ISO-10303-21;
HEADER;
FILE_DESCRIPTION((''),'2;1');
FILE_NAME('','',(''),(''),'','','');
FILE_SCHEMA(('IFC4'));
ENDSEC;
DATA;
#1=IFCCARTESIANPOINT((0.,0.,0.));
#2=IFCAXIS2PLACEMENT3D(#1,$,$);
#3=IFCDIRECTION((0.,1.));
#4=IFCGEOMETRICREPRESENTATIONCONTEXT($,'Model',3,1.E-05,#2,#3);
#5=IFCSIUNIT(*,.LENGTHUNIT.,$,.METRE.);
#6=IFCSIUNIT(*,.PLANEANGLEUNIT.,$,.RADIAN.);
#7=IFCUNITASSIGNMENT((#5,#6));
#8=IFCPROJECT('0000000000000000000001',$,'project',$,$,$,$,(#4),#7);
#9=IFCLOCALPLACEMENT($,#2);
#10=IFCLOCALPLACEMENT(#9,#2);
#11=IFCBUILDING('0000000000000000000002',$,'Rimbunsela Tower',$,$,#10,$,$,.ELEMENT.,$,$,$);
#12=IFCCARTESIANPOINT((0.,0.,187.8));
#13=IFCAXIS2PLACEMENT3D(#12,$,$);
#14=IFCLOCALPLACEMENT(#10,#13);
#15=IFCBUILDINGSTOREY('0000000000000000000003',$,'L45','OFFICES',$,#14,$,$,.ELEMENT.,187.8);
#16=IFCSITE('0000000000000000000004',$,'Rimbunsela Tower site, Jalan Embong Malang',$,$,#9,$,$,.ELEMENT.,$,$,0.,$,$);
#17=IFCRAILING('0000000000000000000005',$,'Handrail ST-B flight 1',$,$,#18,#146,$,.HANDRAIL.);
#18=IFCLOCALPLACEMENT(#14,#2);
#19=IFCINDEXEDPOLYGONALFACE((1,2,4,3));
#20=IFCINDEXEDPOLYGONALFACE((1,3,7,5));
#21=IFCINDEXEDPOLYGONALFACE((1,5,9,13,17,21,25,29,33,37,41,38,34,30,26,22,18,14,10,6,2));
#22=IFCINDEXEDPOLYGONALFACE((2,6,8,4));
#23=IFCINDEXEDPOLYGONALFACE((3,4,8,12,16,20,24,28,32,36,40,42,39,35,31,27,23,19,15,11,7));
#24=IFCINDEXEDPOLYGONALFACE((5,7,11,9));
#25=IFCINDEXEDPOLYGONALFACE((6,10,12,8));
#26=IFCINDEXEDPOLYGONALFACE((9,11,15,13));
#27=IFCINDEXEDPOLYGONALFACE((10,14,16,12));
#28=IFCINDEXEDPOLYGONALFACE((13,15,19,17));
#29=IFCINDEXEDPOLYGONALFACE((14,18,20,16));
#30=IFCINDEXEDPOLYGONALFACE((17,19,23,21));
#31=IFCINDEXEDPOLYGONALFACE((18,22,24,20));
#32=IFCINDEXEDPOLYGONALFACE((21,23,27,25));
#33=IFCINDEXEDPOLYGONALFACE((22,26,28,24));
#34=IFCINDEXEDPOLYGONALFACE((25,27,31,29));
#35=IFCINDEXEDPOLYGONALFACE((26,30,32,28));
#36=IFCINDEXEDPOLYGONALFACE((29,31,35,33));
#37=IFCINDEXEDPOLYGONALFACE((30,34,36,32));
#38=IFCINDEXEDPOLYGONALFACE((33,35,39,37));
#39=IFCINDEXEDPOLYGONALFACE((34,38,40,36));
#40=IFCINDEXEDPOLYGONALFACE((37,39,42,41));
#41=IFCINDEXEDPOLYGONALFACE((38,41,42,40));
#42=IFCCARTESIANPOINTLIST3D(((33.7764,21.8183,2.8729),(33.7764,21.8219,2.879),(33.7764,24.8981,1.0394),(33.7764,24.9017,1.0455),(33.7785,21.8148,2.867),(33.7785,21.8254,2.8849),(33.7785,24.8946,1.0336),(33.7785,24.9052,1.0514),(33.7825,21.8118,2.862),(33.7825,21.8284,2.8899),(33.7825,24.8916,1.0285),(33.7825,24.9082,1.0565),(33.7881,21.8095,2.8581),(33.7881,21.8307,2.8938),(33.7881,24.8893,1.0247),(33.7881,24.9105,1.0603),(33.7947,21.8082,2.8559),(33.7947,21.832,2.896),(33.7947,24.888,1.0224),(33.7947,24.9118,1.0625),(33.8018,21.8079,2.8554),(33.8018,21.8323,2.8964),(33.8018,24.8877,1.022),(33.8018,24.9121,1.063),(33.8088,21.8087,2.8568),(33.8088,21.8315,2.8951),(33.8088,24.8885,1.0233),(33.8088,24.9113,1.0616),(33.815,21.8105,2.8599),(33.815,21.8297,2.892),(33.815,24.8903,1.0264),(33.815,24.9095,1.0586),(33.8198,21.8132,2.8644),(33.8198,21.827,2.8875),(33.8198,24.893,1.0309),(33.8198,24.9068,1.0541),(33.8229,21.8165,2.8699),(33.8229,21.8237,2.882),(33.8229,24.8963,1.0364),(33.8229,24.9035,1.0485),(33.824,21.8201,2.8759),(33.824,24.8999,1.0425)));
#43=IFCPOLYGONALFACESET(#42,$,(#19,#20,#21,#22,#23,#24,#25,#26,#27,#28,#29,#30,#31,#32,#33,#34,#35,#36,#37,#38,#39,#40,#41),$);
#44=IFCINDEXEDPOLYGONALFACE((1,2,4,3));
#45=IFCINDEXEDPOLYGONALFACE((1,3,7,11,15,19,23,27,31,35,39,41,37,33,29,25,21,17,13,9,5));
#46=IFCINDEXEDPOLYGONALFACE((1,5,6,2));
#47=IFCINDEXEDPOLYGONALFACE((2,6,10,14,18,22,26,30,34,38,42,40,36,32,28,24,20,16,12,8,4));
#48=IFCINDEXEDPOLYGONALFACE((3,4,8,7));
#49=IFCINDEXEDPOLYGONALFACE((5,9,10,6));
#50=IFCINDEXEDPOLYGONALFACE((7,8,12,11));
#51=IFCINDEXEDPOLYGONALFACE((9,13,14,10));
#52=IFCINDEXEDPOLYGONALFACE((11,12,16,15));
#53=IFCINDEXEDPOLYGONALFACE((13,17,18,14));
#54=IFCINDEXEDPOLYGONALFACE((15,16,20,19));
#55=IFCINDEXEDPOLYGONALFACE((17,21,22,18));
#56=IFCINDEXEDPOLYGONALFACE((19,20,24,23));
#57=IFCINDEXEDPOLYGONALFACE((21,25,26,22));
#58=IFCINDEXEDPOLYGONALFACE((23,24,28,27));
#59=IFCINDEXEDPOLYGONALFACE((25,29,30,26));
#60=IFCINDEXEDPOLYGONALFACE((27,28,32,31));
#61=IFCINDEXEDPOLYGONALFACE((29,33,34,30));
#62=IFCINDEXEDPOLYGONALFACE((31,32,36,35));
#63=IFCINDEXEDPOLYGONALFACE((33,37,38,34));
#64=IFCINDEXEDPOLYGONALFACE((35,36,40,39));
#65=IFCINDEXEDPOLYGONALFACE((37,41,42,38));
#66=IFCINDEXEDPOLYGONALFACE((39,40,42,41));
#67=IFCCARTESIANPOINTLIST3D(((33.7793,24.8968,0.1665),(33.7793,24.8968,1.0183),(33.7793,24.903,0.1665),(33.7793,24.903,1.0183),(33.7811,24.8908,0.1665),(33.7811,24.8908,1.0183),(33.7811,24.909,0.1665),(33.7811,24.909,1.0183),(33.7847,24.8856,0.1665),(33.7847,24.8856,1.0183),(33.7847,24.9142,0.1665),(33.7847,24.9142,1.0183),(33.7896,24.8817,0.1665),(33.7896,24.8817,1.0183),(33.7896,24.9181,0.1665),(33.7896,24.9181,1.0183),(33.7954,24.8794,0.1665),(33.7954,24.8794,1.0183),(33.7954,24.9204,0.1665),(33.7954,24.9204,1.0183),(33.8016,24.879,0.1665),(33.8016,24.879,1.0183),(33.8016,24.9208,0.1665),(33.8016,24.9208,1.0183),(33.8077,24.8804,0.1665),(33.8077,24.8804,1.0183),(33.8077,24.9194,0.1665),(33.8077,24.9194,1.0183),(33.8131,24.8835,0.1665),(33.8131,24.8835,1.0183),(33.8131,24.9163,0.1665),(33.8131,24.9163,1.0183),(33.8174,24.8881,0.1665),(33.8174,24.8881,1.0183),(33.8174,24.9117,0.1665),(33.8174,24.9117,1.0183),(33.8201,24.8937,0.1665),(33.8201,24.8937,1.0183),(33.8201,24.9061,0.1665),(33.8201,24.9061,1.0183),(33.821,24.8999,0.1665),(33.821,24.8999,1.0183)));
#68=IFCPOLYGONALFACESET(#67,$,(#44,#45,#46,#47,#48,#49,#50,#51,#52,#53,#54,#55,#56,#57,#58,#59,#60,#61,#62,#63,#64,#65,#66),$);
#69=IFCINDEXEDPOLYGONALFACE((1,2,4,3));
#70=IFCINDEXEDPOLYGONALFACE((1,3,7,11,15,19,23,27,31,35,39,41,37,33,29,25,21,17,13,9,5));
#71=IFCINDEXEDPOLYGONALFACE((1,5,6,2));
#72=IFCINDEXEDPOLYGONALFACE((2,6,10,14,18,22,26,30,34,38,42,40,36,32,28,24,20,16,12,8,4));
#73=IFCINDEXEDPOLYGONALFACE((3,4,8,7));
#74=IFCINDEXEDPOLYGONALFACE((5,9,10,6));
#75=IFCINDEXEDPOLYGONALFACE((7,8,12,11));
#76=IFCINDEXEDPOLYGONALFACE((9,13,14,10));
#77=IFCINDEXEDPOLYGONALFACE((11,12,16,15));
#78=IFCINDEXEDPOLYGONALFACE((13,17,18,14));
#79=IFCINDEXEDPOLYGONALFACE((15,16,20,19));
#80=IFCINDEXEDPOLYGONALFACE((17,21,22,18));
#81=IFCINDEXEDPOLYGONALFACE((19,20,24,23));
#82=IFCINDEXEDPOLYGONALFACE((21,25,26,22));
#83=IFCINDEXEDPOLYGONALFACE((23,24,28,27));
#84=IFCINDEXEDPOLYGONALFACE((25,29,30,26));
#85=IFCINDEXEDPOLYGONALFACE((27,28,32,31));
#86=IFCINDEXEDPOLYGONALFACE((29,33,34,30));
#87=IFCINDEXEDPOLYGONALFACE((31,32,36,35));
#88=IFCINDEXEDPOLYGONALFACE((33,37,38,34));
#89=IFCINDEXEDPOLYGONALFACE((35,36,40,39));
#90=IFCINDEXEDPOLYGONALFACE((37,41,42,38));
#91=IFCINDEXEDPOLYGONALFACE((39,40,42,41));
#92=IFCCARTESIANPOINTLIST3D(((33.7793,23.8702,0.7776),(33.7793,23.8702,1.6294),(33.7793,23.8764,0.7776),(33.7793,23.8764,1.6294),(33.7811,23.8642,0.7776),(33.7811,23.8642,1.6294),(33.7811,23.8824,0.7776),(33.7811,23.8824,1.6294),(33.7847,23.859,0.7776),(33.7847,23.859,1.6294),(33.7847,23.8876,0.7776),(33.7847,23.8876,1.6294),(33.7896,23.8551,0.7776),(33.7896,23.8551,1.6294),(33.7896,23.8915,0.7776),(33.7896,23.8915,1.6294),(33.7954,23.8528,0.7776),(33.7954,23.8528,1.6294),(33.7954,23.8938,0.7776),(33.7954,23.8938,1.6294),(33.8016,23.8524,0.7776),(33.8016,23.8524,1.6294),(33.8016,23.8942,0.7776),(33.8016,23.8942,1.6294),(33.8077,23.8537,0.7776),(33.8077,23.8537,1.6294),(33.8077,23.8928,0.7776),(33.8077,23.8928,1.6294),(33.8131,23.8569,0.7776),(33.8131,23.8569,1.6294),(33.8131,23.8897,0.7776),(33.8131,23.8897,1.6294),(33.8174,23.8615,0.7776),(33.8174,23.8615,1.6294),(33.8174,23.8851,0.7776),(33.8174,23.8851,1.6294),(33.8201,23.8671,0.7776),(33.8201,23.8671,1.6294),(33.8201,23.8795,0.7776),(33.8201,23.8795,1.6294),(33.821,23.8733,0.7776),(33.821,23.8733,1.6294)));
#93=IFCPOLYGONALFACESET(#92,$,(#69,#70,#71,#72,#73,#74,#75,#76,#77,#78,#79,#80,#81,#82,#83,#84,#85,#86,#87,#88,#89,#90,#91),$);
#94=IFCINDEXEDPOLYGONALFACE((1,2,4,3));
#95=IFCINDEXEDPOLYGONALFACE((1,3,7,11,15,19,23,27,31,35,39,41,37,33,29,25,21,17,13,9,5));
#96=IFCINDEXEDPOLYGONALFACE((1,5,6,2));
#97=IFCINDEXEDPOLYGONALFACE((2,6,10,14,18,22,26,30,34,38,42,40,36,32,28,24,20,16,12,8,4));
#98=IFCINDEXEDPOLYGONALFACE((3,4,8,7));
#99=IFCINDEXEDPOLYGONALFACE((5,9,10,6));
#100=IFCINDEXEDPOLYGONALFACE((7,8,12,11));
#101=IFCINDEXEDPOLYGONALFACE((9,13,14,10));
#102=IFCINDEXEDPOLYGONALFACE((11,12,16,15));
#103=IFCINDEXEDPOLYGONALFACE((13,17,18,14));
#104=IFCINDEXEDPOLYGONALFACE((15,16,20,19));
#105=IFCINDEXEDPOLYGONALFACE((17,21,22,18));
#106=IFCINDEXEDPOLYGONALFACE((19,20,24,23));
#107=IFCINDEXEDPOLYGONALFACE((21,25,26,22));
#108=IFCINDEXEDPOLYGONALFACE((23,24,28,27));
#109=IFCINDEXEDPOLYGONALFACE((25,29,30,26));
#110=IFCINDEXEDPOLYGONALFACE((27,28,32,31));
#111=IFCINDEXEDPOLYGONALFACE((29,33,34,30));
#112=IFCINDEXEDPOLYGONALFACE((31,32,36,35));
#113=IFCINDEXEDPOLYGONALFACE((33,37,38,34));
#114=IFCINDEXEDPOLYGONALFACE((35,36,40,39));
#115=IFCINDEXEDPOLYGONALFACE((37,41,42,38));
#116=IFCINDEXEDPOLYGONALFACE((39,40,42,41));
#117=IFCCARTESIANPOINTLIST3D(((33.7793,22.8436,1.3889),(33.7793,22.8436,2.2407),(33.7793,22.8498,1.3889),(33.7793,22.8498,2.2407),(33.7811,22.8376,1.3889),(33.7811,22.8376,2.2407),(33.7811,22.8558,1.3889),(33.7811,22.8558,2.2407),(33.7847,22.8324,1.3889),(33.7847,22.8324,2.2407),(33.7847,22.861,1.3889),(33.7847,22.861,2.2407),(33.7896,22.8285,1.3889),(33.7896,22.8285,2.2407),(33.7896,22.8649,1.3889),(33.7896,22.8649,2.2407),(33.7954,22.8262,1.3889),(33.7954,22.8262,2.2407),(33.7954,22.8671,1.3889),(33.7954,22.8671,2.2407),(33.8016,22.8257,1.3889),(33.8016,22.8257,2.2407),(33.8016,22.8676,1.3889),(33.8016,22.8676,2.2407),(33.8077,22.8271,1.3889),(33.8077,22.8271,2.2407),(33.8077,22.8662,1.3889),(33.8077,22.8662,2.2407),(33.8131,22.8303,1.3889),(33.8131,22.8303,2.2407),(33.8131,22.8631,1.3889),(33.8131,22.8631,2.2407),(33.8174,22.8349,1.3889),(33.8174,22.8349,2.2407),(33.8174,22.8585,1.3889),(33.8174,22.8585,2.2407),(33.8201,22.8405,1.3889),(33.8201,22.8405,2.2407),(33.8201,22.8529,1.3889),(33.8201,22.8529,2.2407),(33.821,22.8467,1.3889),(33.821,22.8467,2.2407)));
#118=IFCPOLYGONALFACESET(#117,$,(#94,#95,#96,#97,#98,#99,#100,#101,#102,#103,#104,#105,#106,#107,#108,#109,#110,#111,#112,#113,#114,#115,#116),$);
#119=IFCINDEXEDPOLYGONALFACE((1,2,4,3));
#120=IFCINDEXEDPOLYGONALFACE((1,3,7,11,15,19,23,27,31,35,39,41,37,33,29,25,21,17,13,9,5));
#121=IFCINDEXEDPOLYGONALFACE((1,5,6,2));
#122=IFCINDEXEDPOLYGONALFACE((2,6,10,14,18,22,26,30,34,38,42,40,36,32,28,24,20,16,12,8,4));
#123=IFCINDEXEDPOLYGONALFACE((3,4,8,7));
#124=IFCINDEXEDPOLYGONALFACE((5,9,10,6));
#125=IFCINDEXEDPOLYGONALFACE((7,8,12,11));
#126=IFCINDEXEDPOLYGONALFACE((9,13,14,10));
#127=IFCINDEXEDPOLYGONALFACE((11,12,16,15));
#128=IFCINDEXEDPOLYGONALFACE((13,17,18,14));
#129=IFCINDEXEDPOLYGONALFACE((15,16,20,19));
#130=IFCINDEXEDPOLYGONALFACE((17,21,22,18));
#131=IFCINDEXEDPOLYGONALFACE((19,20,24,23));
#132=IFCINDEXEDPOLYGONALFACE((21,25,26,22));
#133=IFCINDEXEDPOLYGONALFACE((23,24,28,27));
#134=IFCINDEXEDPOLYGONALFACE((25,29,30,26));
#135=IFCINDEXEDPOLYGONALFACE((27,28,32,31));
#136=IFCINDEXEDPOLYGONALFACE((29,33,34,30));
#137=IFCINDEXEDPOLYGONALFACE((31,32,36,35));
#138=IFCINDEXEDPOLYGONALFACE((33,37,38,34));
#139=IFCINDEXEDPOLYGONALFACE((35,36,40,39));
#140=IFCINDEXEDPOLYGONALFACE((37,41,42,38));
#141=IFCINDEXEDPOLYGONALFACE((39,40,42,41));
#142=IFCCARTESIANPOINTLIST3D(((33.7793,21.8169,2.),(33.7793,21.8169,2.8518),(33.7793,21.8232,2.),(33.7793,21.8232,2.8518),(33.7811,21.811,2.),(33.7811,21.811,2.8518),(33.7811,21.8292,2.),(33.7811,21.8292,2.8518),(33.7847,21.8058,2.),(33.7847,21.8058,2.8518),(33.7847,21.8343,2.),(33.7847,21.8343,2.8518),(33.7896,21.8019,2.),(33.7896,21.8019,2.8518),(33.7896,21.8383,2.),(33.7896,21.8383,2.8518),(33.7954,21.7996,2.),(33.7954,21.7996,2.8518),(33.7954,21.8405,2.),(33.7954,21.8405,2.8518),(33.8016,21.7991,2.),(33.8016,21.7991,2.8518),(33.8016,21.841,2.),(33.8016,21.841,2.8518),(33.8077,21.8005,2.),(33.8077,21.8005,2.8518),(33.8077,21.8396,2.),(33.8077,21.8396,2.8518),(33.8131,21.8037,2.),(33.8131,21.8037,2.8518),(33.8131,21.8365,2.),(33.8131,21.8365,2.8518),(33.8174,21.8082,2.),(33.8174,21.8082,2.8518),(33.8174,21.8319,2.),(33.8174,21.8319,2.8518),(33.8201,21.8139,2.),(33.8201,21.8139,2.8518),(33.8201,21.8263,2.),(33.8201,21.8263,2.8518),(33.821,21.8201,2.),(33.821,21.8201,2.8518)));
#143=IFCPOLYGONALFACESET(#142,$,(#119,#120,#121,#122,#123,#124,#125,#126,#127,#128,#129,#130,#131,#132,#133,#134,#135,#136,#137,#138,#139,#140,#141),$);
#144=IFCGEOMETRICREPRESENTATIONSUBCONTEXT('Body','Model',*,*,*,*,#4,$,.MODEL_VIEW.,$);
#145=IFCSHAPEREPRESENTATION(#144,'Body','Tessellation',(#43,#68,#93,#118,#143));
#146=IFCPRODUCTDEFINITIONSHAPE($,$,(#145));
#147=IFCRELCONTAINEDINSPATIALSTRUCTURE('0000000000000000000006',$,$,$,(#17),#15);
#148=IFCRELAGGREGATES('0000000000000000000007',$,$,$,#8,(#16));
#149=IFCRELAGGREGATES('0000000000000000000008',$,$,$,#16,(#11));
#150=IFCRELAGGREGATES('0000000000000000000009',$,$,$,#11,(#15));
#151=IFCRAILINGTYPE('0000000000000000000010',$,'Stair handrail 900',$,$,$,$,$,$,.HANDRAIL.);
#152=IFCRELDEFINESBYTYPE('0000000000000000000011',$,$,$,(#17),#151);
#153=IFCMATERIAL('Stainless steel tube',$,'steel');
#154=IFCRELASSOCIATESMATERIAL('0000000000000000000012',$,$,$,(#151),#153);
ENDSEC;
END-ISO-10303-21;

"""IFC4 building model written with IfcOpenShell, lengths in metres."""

from ifc_helpers import new_model, si_unit, direction, frame, origin, origin_2d, place, context, subcontext, project, spatial, circle, extrude, material, type_object, element, save


model = new_model("IFC4")

# Units and contexts
model_context = context("Model", 3, precision=1e-05, world=origin(), true_north=direction((0.0, 1.0)))
body_context = subcontext(model_context, "Body", "Model", "MODEL_VIEW")
ifc_project = project(units=[si_unit("LENGTHUNIT", "METRE"), si_unit("PLANEANGLEUNIT", "RADIAN")], contexts=[model_context])

# Site, building, storey
site_placement = place(None, origin())
site = spatial("IfcSite", under=ifc_project, at=site_placement, Name="Rimbunsela Tower site, Jalan Embong Malang", CompositionType="ELEMENT", RefElevation=0.0)
building_placement = place(site_placement, origin())
building = spatial("IfcBuilding", under=site, at=building_placement, Name="Rimbunsela Tower", CompositionType="ELEMENT")
storey_placement = place(building_placement, frame((0.0, 0.0, 187.8)))
storey = spatial("IfcBuildingStorey", under=building, at=storey_placement, Name="L45", Description="OFFICES", CompositionType="ELEMENT", Elevation=187.8)

# Railing
ifc_material_1 = material(Name="Stainless steel tube", Category="steel")
railing_type = type_object("IfcRailingType", Name="Stair handrail 900", PredefinedType="HANDRAIL", material=ifc_material_1)
railing_placement = place(storey_placement, frame((33.8, 24.8999, 0.1665)))
element("IfcRailing", 1, at=railing_placement, inside=storey, type_object=railing_type, Name="Handrail ST-B flight 1", PredefinedType="HANDRAIL", context=body_context, shape_type="SweptSolid", body=[
    extrude(circle(Radius=0.0239, at=origin_2d()), frame((0.0, 0.0, 0.876), z_axis=(0.0, -0.859261, 0.511538), x_axis=(1.0, 0.0, 0.0)), (0.0, 0.0, 1.0), 3.5842),
    extrude(circle(Radius=0.021, at=origin_2d()), origin(), (0.0, 0.0, 1.0), 0.8518),
    extrude(circle(Radius=0.021, at=origin_2d()), frame((0.0, -1.0266, 0.6111)), (0.0, 0.0, 1.0), 0.8518),
    extrude(circle(Radius=0.021, at=origin_2d()), frame((0.0, -2.0532, 1.2224)), (0.0, 0.0, 1.0), 0.8518),
    extrude(circle(Radius=0.021, at=origin_2d()), frame((0.0, -3.0798, 1.8335)), (0.0, 0.0, 1.0), 0.8518),
])

save(model, "model.ifc")
